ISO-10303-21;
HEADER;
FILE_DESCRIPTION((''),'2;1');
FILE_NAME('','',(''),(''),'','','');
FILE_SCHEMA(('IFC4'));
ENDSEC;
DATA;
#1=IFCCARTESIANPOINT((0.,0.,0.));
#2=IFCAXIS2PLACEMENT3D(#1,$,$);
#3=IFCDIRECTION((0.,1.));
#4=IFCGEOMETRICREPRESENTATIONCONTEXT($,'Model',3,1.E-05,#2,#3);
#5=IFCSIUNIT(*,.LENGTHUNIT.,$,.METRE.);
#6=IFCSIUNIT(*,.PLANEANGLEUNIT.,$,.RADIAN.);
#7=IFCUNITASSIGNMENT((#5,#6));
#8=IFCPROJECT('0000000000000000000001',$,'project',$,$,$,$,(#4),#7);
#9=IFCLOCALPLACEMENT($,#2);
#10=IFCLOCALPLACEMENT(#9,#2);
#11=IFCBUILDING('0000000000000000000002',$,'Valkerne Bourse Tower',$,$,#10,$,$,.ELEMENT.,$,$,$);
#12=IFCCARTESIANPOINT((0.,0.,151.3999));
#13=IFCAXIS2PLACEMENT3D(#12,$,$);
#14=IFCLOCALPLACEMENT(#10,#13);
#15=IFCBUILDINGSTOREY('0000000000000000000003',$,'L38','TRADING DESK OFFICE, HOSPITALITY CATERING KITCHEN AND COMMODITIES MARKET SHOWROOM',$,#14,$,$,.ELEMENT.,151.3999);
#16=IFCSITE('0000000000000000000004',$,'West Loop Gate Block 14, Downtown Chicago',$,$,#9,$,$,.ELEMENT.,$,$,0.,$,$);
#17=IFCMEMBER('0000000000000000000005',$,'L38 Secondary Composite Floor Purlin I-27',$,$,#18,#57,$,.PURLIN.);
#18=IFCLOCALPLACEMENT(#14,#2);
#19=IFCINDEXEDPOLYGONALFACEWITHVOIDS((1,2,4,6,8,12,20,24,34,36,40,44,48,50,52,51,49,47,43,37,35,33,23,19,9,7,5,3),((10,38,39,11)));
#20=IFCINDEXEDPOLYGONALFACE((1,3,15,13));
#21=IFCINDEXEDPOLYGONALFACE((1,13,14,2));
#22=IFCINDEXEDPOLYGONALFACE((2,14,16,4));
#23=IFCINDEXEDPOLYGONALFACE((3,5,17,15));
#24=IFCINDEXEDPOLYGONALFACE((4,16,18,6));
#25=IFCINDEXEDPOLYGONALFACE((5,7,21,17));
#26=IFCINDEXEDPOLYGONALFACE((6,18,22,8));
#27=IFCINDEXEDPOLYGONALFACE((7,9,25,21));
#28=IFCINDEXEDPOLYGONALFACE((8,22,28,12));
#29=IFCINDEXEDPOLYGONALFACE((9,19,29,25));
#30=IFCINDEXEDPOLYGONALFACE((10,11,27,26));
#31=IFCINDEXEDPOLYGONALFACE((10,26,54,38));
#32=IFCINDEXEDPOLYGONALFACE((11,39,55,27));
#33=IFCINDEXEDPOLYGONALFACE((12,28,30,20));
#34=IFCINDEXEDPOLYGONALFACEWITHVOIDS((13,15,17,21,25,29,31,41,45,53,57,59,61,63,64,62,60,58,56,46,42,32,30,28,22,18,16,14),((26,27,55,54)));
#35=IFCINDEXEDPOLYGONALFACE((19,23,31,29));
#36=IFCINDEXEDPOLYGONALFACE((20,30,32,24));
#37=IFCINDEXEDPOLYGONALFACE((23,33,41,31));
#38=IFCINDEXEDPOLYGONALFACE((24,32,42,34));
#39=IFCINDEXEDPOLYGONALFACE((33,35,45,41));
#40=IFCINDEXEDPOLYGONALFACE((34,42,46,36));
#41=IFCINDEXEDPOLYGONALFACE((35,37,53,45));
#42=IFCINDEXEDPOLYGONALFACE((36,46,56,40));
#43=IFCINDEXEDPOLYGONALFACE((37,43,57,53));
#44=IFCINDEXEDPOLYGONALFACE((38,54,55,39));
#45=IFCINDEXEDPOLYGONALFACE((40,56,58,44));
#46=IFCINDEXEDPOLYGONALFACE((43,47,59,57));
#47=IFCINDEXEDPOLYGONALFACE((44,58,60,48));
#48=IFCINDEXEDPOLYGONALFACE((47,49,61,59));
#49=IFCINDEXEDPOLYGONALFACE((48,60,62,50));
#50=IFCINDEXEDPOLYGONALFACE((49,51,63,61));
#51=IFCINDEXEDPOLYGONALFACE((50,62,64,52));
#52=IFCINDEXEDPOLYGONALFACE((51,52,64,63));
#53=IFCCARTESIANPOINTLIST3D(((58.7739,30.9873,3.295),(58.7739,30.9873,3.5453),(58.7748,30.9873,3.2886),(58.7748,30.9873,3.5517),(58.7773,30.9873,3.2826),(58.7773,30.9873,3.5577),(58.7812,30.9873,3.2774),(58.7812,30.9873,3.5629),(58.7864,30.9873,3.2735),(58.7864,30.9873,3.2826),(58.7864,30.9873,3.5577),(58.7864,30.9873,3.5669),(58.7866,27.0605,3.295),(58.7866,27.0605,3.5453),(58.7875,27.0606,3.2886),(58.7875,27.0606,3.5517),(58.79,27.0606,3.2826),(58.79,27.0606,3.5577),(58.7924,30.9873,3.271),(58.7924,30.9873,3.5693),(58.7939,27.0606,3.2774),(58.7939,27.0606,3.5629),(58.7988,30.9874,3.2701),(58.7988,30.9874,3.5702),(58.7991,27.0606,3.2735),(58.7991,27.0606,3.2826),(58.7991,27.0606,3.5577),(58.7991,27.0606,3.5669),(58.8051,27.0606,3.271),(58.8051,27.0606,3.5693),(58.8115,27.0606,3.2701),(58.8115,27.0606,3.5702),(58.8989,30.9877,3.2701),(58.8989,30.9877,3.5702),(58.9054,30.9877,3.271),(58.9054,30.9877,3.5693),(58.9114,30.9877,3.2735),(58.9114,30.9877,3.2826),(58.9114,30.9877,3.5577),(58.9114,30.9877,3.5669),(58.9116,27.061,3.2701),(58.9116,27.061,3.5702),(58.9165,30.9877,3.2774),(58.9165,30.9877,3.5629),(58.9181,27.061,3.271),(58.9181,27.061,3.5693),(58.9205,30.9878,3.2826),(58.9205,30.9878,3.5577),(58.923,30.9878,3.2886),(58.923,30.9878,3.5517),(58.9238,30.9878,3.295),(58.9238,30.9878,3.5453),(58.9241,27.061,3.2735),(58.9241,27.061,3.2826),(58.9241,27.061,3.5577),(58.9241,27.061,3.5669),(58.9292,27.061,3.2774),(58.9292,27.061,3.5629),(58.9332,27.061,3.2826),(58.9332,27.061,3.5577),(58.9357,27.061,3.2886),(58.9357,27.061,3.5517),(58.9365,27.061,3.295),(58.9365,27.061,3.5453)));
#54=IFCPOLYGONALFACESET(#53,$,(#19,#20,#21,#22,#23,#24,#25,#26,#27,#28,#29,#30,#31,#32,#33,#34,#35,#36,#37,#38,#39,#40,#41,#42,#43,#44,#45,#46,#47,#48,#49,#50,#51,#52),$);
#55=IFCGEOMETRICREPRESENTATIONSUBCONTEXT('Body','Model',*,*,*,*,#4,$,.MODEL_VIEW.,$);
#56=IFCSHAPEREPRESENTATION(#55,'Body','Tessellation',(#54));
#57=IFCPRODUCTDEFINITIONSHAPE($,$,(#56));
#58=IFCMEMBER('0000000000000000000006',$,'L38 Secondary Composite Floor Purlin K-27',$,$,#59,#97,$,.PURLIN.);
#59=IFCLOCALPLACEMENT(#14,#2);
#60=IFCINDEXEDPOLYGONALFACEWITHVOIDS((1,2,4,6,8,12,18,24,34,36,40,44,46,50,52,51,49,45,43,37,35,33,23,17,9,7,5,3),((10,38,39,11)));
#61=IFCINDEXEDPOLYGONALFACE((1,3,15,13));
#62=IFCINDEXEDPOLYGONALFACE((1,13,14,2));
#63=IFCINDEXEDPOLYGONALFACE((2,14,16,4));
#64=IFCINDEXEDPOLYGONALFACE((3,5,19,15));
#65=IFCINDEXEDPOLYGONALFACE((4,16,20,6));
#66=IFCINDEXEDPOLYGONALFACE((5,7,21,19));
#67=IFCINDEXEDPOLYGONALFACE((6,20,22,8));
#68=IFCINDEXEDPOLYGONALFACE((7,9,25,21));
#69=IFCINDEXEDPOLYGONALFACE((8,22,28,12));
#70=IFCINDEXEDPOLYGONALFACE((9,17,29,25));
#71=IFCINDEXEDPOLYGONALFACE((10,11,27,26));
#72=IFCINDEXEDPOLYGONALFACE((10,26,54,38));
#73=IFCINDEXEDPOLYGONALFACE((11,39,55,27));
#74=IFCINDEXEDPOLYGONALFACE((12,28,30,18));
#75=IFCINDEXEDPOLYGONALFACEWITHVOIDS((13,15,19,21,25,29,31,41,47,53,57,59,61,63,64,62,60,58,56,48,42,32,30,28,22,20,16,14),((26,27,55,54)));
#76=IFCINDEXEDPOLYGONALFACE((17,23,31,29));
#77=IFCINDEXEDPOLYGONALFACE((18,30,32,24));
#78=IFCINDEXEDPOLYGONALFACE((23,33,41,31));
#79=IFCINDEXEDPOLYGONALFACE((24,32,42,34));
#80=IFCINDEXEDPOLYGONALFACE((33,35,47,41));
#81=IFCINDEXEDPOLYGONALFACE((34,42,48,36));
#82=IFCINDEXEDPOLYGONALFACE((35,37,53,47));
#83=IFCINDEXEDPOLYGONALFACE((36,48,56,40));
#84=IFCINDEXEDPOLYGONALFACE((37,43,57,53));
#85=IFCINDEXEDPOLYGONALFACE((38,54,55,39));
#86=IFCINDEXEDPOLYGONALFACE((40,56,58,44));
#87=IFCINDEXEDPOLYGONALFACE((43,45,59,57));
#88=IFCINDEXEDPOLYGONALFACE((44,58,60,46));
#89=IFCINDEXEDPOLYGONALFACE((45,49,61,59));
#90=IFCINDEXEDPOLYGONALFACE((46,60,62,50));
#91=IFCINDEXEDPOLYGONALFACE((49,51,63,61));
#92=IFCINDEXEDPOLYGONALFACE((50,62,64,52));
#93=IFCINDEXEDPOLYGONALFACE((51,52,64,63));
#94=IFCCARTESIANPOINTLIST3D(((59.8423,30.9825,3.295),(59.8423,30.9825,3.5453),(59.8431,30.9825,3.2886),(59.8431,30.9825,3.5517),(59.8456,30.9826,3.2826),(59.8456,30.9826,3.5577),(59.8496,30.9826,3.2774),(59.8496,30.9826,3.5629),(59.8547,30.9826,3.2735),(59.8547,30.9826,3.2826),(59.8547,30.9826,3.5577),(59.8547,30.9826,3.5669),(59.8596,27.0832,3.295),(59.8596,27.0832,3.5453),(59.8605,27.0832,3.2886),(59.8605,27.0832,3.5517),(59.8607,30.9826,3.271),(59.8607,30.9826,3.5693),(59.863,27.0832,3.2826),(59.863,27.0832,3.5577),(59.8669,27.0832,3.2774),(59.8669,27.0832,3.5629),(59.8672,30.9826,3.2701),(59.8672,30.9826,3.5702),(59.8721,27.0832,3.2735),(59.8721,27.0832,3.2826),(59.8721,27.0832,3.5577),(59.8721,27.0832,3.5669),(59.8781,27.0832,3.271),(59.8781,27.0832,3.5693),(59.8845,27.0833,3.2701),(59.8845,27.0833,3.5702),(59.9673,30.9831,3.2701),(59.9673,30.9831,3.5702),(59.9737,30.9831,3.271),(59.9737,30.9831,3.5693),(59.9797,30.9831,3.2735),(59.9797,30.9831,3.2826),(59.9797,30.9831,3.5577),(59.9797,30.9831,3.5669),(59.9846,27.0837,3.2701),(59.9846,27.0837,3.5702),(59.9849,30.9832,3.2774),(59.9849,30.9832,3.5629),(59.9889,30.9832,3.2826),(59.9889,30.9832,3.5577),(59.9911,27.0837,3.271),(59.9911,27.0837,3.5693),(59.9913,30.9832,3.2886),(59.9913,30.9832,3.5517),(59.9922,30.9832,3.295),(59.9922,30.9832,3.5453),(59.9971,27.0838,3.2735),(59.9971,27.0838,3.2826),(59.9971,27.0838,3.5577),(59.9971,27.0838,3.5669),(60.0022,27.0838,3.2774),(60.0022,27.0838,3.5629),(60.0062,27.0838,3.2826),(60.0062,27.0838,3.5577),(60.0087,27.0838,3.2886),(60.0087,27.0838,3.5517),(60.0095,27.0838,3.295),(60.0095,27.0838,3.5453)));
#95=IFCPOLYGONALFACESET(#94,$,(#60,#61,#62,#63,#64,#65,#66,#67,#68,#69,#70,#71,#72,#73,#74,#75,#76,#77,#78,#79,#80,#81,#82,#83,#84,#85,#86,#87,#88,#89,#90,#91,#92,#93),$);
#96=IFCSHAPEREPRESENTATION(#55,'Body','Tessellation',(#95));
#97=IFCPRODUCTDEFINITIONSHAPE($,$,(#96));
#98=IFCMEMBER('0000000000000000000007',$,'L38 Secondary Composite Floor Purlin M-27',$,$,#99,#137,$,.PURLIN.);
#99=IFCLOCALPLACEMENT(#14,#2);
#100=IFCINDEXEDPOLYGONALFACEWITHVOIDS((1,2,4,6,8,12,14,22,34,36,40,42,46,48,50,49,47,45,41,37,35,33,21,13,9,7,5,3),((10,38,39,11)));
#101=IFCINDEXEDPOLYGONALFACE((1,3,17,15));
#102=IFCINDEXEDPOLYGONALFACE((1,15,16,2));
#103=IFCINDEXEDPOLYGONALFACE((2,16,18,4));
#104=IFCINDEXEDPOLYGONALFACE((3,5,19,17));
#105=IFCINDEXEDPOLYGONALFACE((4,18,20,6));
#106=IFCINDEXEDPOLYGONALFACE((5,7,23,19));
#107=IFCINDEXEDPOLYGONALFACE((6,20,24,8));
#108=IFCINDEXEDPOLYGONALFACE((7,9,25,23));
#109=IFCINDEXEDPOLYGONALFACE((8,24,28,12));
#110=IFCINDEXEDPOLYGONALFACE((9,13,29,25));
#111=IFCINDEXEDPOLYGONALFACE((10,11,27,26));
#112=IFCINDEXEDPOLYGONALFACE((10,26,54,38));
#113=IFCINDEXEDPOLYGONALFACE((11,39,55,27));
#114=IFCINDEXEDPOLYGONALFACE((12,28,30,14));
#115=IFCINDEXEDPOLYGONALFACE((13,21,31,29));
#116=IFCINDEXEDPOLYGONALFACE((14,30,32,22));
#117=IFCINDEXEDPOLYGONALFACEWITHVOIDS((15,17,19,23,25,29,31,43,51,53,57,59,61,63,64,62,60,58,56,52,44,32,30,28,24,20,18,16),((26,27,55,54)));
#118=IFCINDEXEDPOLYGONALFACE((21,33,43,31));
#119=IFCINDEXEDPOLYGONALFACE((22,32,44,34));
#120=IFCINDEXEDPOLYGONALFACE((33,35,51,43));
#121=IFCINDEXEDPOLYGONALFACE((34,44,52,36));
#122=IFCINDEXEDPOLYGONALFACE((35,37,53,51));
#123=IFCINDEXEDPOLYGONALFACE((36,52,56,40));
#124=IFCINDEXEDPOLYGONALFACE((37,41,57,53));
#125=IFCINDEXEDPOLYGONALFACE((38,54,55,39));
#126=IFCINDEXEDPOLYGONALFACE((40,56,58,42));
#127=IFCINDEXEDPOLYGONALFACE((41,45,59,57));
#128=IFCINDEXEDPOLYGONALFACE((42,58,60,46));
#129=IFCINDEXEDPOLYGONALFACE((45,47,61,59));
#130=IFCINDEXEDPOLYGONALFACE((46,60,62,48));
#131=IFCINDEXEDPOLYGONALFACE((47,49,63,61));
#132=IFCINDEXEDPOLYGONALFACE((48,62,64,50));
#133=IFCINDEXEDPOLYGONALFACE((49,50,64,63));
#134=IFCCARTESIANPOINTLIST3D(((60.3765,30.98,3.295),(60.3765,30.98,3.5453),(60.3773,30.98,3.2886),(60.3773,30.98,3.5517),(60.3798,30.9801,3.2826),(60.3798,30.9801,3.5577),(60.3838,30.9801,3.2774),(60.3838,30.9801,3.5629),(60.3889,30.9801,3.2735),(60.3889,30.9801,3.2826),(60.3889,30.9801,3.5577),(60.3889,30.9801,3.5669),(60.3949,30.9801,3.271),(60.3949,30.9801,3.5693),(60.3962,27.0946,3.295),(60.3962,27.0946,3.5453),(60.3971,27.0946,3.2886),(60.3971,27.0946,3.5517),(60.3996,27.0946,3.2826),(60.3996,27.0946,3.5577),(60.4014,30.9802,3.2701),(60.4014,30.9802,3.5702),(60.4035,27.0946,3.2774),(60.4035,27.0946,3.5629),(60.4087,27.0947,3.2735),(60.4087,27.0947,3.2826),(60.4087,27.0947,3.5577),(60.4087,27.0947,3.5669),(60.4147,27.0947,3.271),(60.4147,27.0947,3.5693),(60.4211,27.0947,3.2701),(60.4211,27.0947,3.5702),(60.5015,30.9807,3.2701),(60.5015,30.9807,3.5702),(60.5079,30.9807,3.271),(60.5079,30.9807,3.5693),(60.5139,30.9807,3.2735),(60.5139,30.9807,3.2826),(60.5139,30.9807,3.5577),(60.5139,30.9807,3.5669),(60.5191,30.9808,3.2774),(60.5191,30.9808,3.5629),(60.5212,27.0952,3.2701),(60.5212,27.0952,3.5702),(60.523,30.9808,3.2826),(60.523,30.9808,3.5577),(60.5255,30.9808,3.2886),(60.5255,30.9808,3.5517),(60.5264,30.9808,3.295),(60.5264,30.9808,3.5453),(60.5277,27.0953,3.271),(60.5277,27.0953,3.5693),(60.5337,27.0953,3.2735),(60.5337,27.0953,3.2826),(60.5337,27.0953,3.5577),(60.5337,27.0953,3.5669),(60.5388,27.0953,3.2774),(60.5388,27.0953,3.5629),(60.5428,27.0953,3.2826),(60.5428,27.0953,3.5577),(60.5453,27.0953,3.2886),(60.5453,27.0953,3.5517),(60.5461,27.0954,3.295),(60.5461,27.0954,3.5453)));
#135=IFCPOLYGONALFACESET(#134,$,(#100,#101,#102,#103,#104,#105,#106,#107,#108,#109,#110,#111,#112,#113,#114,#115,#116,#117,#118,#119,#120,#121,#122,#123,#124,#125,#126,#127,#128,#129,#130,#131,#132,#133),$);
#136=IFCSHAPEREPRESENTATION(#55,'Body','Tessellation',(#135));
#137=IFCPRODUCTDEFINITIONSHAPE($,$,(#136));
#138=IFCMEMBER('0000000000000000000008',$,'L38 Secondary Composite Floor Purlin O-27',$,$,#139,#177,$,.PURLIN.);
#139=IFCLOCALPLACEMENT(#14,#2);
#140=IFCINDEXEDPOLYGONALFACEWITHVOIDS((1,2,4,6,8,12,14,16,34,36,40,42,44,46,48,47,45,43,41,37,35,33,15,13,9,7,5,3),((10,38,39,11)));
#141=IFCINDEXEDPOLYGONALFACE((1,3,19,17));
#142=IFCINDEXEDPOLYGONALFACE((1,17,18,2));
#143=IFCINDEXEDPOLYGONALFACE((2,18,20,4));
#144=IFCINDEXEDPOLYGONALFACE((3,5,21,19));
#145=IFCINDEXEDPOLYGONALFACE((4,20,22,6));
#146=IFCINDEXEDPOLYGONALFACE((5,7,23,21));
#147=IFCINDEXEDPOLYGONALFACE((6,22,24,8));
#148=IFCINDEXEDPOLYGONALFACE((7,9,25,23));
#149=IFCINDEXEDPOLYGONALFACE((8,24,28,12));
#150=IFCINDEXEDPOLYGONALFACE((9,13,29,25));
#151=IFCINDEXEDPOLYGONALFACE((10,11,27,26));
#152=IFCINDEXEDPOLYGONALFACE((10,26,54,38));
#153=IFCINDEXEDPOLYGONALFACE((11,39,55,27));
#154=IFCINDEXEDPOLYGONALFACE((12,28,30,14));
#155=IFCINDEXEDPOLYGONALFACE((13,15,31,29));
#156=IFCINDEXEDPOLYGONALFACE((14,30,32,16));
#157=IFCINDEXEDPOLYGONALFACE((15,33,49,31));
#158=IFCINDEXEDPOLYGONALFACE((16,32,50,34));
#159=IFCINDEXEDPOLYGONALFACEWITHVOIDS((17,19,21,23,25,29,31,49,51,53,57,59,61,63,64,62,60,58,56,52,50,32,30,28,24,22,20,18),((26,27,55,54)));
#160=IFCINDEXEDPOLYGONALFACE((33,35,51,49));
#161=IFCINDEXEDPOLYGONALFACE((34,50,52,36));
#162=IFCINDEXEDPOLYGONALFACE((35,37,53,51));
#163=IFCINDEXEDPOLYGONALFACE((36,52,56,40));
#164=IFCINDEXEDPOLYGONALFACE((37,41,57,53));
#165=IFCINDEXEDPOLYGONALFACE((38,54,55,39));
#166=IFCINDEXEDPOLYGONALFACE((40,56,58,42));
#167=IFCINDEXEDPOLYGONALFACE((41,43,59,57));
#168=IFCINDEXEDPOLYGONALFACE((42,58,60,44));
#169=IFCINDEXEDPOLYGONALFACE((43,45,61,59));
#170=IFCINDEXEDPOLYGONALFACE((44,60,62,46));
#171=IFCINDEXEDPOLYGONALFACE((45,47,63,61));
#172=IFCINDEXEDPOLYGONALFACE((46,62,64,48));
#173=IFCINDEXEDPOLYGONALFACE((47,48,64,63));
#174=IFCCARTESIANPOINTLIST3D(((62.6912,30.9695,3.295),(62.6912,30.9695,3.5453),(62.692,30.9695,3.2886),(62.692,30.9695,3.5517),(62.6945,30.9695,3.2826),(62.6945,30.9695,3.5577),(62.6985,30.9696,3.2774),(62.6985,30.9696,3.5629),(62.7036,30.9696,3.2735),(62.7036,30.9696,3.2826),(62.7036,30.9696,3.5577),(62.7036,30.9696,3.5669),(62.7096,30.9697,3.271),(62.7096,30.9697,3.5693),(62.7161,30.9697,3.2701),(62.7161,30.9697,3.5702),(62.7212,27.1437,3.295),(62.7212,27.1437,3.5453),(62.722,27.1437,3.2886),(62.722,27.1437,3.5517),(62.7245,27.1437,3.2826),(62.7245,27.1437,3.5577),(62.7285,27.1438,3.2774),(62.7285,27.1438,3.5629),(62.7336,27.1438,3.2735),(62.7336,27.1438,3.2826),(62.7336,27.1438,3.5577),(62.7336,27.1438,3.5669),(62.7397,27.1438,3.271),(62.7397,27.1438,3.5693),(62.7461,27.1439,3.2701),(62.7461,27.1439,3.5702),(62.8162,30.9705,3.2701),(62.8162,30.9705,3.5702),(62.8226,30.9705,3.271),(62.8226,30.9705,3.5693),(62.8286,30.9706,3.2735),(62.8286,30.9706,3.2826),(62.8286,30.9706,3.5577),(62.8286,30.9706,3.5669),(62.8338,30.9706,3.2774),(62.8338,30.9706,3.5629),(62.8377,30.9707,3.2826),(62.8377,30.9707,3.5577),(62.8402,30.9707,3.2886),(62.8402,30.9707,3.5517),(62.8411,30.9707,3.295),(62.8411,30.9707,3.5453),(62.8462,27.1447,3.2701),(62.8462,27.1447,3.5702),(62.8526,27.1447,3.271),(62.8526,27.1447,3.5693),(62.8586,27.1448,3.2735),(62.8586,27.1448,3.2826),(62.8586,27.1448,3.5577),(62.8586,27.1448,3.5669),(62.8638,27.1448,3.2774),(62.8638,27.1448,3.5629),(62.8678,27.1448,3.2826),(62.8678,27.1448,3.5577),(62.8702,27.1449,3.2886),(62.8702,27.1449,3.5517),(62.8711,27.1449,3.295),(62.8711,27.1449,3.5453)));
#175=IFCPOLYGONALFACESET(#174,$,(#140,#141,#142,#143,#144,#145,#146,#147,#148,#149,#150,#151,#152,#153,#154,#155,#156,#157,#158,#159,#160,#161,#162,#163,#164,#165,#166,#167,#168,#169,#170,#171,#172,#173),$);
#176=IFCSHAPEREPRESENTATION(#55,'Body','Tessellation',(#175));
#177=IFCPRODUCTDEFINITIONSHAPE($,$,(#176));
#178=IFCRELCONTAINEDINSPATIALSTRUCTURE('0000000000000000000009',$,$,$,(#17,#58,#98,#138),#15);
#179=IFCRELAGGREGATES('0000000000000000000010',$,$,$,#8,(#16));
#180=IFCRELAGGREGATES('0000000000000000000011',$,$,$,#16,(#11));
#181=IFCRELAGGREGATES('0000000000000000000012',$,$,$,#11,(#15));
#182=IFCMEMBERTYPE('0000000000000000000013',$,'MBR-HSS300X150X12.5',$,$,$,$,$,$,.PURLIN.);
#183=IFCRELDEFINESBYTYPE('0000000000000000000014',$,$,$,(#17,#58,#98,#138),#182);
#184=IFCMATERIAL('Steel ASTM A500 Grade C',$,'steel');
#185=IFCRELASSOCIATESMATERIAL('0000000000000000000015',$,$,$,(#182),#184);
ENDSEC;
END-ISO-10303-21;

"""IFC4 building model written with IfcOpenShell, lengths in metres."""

from ifc_helpers import new_model, si_unit, direction, frame, origin, origin_2d, place, context, subcontext, project, spatial, hollow_rectangle, extrude, material, material_profile, profile_set, type_object, element, save


model = new_model("IFC4")

# Units and contexts
model_context = context("Model", 3, precision=1e-05, world=origin(), true_north=direction((0.0, 1.0)))
body_context = subcontext(model_context, "Body", "Model", "MODEL_VIEW")
ifc_project = project(units=[si_unit("LENGTHUNIT", "METRE"), si_unit("PLANEANGLEUNIT", "RADIAN")], contexts=[model_context])

# Site, building, storey
site_placement = place(None, origin())
site = spatial("IfcSite", under=ifc_project, at=site_placement, Name="West Loop Gate Block 14, Downtown Chicago", CompositionType="ELEMENT", RefElevation=0.0)
building_placement = place(site_placement, origin())
building = spatial("IfcBuilding", under=site, at=building_placement, Name="Valkerne Bourse Tower", CompositionType="ELEMENT")
storey_placement = place(building_placement, frame((0.0, 0.0, 151.3999)))
storey = spatial("IfcBuildingStorey", under=building, at=storey_placement, Name="L38", Description="TRADING DESK OFFICE, HOSPITALITY CATERING KITCHEN AND COMMODITIES MARKET SHOWROOM", CompositionType="ELEMENT", Elevation=151.3999)

# Members
ifc_material_1 = material(Name="Steel ASTM A500 Grade C", Category="steel")
ifc_material_profile_1 = material_profile(ifc_material_1, hollow_rectangle(XDim=0.1499, YDim=0.3, WallThickness=0.0125, OuterFilletRadius=0.0249, at=origin_2d()), Name="HSS300X150X12.5")
ifc_profile_set_1 = profile_set([ifc_material_profile_1], Name="Steel ASTM A500 Grade C")
member_type_1 = type_object("IfcMemberType", Name="MBR-HSS300X150X12.5", PredefinedType="PURLIN", material=ifc_profile_set_1)
member_1_placement = place(storey_placement, frame((58.8616, 27.0608, 3.4202), z_axis=(-0.003233, 0.999995, 0.0), x_axis=(-0.999995, -0.003233, 0.0)))
element("IfcMember", 1, at=member_1_placement, inside=storey, type_object=member_type_1, Name="L38 Secondary Composite Floor Purlin I-27", PredefinedType="PURLIN", context=body_context, shape_type="SweptSolid", body=[
    extrude(hollow_rectangle(XDim=0.1499, YDim=0.3, WallThickness=0.0125, OuterFilletRadius=0.0249, at=origin_2d()), origin(), (0.0, 0.0, 1.0), 3.9268),
])
member_2_placement = place(storey_placement, frame((59.9346, 27.0835, 3.4202), z_axis=(-0.004445, 0.99999, 0.0), x_axis=(-0.99999, -0.004445, 0.0)))
element("IfcMember", 2, at=member_2_placement, inside=storey, type_object=member_type_1, Name="L38 Secondary Composite Floor Purlin K-27", PredefinedType="PURLIN", context=body_context, shape_type="SweptSolid", body=[
    extrude(hollow_rectangle(XDim=0.1499, YDim=0.3, WallThickness=0.0125, OuterFilletRadius=0.0249, at=origin_2d()), origin(), (0.0, 0.0, 1.0), 3.8994),
])
member_3_placement = place(storey_placement, frame((60.4712, 27.095, 3.4202), z_axis=(-0.005089, 0.999987, 0.0), x_axis=(-0.999987, -0.005089, 0.0)))
element("IfcMember", 3, at=member_3_placement, inside=storey, type_object=member_type_1, Name="L38 Secondary Composite Floor Purlin M-27", PredefinedType="PURLIN", context=body_context, shape_type="SweptSolid", body=[
    extrude(hollow_rectangle(XDim=0.1499, YDim=0.3, WallThickness=0.0125, OuterFilletRadius=0.0249, at=origin_2d()), origin(), (0.0, 0.0, 1.0), 3.8855),
])
member_4_placement = place(storey_placement, frame((62.7961, 27.1443, 3.4202), z_axis=(-0.007849, 0.999969, 0.0), x_axis=(-0.999969, -0.007849, 0.0)))
element("IfcMember", 4, at=member_4_placement, inside=storey, type_object=member_type_1, Name="L38 Secondary Composite Floor Purlin O-27", PredefinedType="PURLIN", context=body_context, shape_type="SweptSolid", body=[
    extrude(hollow_rectangle(XDim=0.1499, YDim=0.3, WallThickness=0.0125, OuterFilletRadius=0.0249, at=origin_2d()), origin(), (0.0, 0.0, 1.0), 3.8259),
])

save(model, "model.ifc")
